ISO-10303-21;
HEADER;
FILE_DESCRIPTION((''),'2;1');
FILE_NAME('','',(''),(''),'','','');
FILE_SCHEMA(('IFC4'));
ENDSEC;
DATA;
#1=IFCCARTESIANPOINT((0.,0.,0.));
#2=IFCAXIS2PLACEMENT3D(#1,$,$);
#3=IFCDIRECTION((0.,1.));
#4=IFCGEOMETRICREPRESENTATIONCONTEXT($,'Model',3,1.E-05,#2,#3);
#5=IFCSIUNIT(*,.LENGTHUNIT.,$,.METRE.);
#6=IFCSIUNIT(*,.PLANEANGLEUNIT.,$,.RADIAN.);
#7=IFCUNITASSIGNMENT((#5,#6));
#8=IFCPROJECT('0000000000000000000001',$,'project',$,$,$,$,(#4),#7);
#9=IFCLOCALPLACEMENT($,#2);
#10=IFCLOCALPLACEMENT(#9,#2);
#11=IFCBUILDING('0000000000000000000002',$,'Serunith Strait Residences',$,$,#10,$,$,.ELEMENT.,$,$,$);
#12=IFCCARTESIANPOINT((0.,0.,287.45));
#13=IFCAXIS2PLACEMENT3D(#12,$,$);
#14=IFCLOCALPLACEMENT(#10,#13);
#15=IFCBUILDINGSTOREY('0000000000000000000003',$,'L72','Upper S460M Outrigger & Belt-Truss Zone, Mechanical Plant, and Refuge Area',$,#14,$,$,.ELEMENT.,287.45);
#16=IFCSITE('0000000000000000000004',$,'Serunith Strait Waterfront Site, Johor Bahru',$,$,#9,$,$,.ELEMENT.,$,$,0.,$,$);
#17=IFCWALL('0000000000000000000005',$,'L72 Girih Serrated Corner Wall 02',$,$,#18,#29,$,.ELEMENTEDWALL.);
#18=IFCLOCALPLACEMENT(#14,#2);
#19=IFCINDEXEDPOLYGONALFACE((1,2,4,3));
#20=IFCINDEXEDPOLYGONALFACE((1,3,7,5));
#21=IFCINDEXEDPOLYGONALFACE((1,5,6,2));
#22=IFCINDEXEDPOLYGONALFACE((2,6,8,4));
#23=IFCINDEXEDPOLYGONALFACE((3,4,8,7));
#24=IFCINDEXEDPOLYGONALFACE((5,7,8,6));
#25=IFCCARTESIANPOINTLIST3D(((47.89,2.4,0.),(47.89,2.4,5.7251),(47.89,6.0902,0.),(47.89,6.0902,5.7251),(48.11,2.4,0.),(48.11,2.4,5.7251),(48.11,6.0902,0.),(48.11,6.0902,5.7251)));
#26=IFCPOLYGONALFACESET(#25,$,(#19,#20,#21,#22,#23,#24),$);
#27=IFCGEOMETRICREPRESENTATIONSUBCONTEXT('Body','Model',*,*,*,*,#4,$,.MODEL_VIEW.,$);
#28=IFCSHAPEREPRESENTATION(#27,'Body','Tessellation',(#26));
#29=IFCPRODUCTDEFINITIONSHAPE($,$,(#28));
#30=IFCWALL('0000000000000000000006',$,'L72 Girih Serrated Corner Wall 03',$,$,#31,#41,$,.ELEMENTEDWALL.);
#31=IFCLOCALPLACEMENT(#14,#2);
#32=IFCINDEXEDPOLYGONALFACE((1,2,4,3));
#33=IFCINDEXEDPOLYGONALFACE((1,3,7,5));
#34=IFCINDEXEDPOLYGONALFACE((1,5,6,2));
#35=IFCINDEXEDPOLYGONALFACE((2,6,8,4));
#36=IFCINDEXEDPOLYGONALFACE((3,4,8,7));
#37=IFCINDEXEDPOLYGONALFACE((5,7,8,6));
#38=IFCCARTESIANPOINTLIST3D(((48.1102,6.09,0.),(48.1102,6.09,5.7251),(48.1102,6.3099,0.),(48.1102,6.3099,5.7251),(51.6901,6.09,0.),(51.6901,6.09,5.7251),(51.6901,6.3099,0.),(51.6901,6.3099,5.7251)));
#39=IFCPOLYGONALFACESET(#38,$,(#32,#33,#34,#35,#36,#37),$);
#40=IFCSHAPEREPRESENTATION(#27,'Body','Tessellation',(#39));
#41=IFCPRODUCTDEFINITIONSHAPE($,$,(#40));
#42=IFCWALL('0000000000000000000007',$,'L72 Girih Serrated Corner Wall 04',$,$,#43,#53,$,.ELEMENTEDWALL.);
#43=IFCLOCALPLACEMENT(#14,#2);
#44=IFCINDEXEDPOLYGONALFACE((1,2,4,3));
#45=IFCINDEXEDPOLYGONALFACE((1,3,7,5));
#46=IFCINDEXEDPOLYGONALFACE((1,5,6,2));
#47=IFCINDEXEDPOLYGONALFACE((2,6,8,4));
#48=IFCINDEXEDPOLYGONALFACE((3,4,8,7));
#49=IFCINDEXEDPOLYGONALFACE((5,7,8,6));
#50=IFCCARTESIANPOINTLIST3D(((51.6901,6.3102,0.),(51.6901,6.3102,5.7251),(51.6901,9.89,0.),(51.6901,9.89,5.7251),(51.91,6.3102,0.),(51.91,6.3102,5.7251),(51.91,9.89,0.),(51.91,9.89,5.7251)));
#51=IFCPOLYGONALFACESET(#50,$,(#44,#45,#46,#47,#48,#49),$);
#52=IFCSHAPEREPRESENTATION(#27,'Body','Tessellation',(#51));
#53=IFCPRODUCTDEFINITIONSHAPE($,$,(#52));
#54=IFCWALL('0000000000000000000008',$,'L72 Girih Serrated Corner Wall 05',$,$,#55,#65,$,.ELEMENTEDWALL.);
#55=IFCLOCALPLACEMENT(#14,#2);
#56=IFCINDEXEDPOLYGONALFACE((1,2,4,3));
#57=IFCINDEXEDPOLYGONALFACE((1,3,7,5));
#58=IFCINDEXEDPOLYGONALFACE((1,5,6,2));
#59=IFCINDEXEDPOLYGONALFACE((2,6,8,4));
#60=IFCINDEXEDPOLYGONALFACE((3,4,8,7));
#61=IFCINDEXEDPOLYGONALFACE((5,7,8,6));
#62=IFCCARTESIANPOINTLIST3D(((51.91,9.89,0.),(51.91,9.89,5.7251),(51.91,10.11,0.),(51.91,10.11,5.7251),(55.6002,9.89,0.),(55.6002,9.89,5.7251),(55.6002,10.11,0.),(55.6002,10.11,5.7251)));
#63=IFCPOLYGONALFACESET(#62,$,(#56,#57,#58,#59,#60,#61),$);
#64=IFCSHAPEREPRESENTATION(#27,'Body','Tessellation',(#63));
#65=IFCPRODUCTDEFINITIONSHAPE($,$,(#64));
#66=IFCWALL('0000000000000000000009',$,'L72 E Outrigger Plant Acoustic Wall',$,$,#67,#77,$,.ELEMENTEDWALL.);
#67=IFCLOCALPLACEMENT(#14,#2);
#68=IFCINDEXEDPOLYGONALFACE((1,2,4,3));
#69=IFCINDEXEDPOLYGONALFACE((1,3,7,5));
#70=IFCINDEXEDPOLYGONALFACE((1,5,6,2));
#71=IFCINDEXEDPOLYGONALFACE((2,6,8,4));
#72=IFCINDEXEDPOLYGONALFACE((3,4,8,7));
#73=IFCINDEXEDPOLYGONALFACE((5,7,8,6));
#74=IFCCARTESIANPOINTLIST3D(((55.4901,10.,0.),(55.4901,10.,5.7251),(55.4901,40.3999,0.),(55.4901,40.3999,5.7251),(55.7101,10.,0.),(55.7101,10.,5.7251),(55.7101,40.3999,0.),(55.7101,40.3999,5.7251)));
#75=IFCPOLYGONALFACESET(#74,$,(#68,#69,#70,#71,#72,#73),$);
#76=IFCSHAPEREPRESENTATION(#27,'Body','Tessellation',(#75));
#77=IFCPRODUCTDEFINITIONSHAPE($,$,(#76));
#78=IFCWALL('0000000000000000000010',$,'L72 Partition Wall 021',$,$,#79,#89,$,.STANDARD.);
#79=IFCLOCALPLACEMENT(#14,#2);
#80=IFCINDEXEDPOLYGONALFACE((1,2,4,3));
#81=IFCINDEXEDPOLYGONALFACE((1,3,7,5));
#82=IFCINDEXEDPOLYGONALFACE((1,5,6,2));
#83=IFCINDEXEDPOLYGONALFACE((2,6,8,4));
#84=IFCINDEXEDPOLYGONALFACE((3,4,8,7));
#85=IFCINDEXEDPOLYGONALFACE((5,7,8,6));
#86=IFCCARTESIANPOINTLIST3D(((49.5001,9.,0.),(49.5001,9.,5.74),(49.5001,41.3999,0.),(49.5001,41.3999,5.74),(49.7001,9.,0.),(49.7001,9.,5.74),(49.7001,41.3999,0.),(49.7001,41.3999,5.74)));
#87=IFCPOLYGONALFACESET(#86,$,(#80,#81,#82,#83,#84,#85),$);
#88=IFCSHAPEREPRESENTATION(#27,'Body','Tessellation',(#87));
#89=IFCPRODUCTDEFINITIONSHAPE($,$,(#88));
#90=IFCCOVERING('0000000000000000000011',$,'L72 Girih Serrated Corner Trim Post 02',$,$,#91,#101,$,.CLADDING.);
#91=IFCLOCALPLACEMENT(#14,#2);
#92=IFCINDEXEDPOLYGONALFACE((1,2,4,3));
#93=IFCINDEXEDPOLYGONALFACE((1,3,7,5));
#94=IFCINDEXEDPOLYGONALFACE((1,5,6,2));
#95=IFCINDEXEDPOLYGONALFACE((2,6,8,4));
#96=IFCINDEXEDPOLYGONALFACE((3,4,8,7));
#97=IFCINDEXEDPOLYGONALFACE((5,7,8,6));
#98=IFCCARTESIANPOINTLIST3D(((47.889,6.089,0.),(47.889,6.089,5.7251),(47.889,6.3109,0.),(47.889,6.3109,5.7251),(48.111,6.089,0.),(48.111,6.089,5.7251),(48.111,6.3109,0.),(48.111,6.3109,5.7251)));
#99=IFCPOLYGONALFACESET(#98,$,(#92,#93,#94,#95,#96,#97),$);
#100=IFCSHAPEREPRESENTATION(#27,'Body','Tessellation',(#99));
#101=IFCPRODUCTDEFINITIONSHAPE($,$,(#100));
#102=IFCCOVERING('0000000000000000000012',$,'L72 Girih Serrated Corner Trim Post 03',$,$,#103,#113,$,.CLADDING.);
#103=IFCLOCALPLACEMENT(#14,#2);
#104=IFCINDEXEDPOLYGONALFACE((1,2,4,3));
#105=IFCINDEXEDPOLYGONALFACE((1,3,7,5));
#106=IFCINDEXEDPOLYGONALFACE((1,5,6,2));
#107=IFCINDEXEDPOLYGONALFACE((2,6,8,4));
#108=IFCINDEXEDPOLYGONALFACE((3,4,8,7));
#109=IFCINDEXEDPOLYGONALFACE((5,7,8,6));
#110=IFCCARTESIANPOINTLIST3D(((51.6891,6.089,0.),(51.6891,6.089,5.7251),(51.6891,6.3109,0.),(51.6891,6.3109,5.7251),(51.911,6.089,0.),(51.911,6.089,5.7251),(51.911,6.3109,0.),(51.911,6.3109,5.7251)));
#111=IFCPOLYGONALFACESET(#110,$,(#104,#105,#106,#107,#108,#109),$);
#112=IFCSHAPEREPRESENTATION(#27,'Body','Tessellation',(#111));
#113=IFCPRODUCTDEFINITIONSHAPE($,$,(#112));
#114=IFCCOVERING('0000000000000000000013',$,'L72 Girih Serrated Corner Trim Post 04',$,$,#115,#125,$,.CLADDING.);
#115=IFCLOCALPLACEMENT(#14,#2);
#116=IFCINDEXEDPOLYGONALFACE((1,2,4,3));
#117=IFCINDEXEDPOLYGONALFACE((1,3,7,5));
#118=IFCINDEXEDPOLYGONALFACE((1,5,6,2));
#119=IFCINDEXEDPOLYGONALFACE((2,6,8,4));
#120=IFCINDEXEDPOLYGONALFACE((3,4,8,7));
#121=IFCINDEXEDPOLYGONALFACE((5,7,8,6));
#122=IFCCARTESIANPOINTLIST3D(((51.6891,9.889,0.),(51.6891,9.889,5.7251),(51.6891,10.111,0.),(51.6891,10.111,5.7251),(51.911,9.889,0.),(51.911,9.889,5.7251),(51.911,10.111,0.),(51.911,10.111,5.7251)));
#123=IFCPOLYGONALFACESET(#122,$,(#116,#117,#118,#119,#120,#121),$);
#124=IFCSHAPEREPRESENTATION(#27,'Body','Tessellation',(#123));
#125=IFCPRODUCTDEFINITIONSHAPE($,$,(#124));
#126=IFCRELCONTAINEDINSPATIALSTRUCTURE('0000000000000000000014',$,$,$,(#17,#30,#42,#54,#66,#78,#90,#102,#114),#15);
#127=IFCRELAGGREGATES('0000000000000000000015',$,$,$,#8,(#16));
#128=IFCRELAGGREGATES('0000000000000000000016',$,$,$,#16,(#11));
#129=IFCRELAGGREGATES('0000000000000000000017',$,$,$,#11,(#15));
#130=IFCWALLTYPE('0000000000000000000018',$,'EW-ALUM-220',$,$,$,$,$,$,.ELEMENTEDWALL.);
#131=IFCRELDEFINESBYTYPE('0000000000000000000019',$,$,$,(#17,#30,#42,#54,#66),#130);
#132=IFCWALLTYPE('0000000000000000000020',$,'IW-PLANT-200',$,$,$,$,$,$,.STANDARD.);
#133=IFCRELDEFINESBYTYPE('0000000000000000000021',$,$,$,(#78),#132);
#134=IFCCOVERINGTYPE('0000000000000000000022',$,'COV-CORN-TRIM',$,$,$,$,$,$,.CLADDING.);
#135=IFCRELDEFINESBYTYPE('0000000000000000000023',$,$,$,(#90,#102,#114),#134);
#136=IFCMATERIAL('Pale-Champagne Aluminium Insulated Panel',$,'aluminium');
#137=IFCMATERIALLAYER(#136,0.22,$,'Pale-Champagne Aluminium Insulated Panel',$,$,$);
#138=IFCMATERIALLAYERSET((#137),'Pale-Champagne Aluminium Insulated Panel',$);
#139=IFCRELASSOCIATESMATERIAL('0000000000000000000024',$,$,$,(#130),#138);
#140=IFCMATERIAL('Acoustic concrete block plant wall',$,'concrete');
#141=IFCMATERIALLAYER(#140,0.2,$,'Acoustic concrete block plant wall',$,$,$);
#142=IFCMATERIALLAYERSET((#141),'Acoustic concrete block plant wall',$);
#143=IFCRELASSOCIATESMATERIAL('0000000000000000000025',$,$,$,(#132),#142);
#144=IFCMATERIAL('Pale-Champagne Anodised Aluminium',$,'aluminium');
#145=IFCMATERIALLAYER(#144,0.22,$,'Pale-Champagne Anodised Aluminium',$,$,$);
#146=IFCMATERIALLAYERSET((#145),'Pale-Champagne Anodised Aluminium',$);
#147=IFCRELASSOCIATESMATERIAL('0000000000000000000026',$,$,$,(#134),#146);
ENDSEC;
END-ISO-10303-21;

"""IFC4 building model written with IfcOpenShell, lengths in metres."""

from ifc_helpers import new_model, si_unit, direction, frame, frame_2d, origin, origin_2d, place, context, subcontext, project, spatial, rectangle, extrude, source, transform, mapped, material, layer, layer_set, type_object, element, save


model = new_model("IFC4")

# Units and contexts
model_context = context("Model", 3, precision=1e-05, world=origin(), true_north=direction((0.0, 1.0)))
body_context = subcontext(model_context, "Body", "Model", "MODEL_VIEW")
ifc_project = project(units=[si_unit("LENGTHUNIT", "METRE"), si_unit("PLANEANGLEUNIT", "RADIAN")], contexts=[model_context])

# Site, building, storey
site_placement = place(None, origin())
site = spatial("IfcSite", under=ifc_project, at=site_placement, Name="Serunith Strait Waterfront Site, Johor Bahru", CompositionType="ELEMENT", RefElevation=0.0)
building_placement = place(site_placement, origin())
building = spatial("IfcBuilding", under=site, at=building_placement, Name="Serunith Strait Residences", CompositionType="ELEMENT")
storey_placement = place(building_placement, frame((0.0, 0.0, 287.45)))
storey = spatial("IfcBuildingStorey", under=building, at=storey_placement, Name="L72", Description="Upper S460M Outrigger & Belt-Truss Zone, Mechanical Plant, and Refuge Area", CompositionType="ELEMENT", Elevation=287.45)

# Walls
ifc_material_1 = material(Name="Pale-Champagne Aluminium Insulated Panel", Category="aluminium")
ifc_layer_1 = layer(ifc_material_1, 0.22, Name="Pale-Champagne Aluminium Insulated Panel")
ifc_layer_set_1 = layer_set([ifc_layer_1], Name="Pale-Champagne Aluminium Insulated Panel")
wall_type_1 = type_object("IfcWallType", Name="EW-ALUM-220", PredefinedType="ELEMENTEDWALL", material=ifc_layer_set_1)
wall_1_placement = place(storey_placement, frame((48.0, 2.3999, 0.0), z_axis=(0.0, 0.0, 1.0), x_axis=(0.0, 1.0, 0.0)))
element("IfcWall", 1, at=wall_1_placement, inside=storey, type_object=wall_type_1, Name="L72 Girih Serrated Corner Wall 02", PredefinedType="ELEMENTEDWALL", context=body_context, shape_type="SweptSolid", body=[
    extrude(rectangle(XDim=3.6902, YDim=0.22, at=frame_2d((1.8452, 0.0))), origin(), (0.0, 0.0, 1.0), 5.7251),
])
for number, where, z_axis, x_axis, name in (
    (2, (48.1101, 6.2, 0.0), (0.0, 0.0, 1.0), (1.0, 0.0, 0.0), "L72 Girih Serrated Corner Wall 03"),
    (3, (51.8, 6.3101, 0.0), (0.0, 0.0, 1.0), (0.0, 1.0, 0.0), "L72 Girih Serrated Corner Wall 04"),
):
    element("IfcWall", number, at=place(storey_placement, frame(where, z_axis=z_axis, x_axis=x_axis)), inside=storey, type_object=wall_type_1, Name=name, PredefinedType="ELEMENTEDWALL", context=body_context, shape_type="SweptSolid", body=[
        extrude(rectangle(XDim=3.5798, YDim=0.22, at=frame_2d((1.79, 0.0))), origin(), (0.0, 0.0, 1.0), 5.7251),
    ])
wall_2_placement = place(storey_placement, frame((51.9099, 10.0, 0.0), z_axis=(0.0, 0.0, 1.0), x_axis=(1.0, 0.0, 0.0)))
element("IfcWall", 4, at=wall_2_placement, inside=storey, type_object=wall_type_1, Name="L72 Girih Serrated Corner Wall 05", PredefinedType="ELEMENTEDWALL", context=body_context, shape_type="SweptSolid", body=[
    extrude(rectangle(XDim=3.6902, YDim=0.22, at=frame_2d((1.8452, 0.0))), origin(), (0.0, 0.0, 1.0), 5.7251),
])
wall_3_placement = place(storey_placement, frame((55.6001, 10.0, 0.0), z_axis=(0.0, 0.0, 1.0), x_axis=(0.0, 1.0, 0.0)))
element("IfcWall", 5, at=wall_3_placement, inside=storey, type_object=wall_type_1, Name="L72 E Outrigger Plant Acoustic Wall", PredefinedType="ELEMENTEDWALL", context=body_context, shape_type="SweptSolid", body=[
    extrude(rectangle(XDim=30.3999, YDim=0.22, at=frame_2d((15.2, 0.0))), origin(), (0.0, 0.0, 1.0), 5.7251),
])
ifc_material_2 = material(Name="Acoustic concrete block plant wall", Category="concrete")
ifc_layer_2 = layer(ifc_material_2, 0.2, Name="Acoustic concrete block plant wall")
ifc_layer_set_2 = layer_set([ifc_layer_2], Name="Acoustic concrete block plant wall")
wall_type_2 = type_object("IfcWallType", Name="IW-PLANT-200", PredefinedType="STANDARD", material=ifc_layer_set_2)
wall_4_placement = place(storey_placement, frame((49.6001, 9.0, 0.0), z_axis=(0.0, 0.0, 1.0), x_axis=(0.0, 1.0, 0.0)))
element("IfcWall", 6, at=wall_4_placement, inside=storey, type_object=wall_type_2, Name="L72 Partition Wall 021", PredefinedType="STANDARD", context=body_context, shape_type="SweptSolid", body=[
    extrude(rectangle(XDim=32.3999, YDim=0.2, at=frame_2d((16.2, 0.0))), origin(), (0.0, 0.0, 1.0), 5.74),
])

# Coverings
ifc_material_3 = material(Name="Pale-Champagne Anodised Aluminium", Category="aluminium")
ifc_layer_3 = layer(ifc_material_3, 0.22, Name="Pale-Champagne Anodised Aluminium")
ifc_layer_set_3 = layer_set([ifc_layer_3], Name="Pale-Champagne Anodised Aluminium")
covering_type = type_object("IfcCoveringType", Name="COV-CORN-TRIM", PredefinedType="CLADDING", material=ifc_layer_set_3)
shared_shape_1 = source(origin(), body_context, "Body", "SweptSolid", [
    extrude(rectangle(XDim=0.2219, YDim=0.2219, at=origin_2d()), origin(), (0.0, 0.0, 1.0), 5.7251),
])
for number, where, z_axis, x_axis, name in (
    (7, (48.0, 6.2, 0.0), (0.0, 0.0, 1.0), (1.0, 0.0, 0.0), "L72 Girih Serrated Corner Trim Post 02"),
    (8, (51.8, 6.2, 0.0), (0.0, 0.0, 1.0), (1.0, 0.0, 0.0), "L72 Girih Serrated Corner Trim Post 03"),
    (9, (51.8, 10.0, 0.0), (0.0, 0.0, 1.0), (1.0, 0.0, 0.0), "L72 Girih Serrated Corner Trim Post 04"),
):
    element("IfcCovering", number, at=place(storey_placement, frame(where, z_axis=z_axis, x_axis=x_axis)), inside=storey, type_object=covering_type, Name=name, PredefinedType="CLADDING", context=body_context, shape_type="MappedRepresentation", body=[
        mapped(shared_shape_1, transform((0.0, 0.0, 0.0), scale=1.0)),
    ])

save(model, "model.ifc")
